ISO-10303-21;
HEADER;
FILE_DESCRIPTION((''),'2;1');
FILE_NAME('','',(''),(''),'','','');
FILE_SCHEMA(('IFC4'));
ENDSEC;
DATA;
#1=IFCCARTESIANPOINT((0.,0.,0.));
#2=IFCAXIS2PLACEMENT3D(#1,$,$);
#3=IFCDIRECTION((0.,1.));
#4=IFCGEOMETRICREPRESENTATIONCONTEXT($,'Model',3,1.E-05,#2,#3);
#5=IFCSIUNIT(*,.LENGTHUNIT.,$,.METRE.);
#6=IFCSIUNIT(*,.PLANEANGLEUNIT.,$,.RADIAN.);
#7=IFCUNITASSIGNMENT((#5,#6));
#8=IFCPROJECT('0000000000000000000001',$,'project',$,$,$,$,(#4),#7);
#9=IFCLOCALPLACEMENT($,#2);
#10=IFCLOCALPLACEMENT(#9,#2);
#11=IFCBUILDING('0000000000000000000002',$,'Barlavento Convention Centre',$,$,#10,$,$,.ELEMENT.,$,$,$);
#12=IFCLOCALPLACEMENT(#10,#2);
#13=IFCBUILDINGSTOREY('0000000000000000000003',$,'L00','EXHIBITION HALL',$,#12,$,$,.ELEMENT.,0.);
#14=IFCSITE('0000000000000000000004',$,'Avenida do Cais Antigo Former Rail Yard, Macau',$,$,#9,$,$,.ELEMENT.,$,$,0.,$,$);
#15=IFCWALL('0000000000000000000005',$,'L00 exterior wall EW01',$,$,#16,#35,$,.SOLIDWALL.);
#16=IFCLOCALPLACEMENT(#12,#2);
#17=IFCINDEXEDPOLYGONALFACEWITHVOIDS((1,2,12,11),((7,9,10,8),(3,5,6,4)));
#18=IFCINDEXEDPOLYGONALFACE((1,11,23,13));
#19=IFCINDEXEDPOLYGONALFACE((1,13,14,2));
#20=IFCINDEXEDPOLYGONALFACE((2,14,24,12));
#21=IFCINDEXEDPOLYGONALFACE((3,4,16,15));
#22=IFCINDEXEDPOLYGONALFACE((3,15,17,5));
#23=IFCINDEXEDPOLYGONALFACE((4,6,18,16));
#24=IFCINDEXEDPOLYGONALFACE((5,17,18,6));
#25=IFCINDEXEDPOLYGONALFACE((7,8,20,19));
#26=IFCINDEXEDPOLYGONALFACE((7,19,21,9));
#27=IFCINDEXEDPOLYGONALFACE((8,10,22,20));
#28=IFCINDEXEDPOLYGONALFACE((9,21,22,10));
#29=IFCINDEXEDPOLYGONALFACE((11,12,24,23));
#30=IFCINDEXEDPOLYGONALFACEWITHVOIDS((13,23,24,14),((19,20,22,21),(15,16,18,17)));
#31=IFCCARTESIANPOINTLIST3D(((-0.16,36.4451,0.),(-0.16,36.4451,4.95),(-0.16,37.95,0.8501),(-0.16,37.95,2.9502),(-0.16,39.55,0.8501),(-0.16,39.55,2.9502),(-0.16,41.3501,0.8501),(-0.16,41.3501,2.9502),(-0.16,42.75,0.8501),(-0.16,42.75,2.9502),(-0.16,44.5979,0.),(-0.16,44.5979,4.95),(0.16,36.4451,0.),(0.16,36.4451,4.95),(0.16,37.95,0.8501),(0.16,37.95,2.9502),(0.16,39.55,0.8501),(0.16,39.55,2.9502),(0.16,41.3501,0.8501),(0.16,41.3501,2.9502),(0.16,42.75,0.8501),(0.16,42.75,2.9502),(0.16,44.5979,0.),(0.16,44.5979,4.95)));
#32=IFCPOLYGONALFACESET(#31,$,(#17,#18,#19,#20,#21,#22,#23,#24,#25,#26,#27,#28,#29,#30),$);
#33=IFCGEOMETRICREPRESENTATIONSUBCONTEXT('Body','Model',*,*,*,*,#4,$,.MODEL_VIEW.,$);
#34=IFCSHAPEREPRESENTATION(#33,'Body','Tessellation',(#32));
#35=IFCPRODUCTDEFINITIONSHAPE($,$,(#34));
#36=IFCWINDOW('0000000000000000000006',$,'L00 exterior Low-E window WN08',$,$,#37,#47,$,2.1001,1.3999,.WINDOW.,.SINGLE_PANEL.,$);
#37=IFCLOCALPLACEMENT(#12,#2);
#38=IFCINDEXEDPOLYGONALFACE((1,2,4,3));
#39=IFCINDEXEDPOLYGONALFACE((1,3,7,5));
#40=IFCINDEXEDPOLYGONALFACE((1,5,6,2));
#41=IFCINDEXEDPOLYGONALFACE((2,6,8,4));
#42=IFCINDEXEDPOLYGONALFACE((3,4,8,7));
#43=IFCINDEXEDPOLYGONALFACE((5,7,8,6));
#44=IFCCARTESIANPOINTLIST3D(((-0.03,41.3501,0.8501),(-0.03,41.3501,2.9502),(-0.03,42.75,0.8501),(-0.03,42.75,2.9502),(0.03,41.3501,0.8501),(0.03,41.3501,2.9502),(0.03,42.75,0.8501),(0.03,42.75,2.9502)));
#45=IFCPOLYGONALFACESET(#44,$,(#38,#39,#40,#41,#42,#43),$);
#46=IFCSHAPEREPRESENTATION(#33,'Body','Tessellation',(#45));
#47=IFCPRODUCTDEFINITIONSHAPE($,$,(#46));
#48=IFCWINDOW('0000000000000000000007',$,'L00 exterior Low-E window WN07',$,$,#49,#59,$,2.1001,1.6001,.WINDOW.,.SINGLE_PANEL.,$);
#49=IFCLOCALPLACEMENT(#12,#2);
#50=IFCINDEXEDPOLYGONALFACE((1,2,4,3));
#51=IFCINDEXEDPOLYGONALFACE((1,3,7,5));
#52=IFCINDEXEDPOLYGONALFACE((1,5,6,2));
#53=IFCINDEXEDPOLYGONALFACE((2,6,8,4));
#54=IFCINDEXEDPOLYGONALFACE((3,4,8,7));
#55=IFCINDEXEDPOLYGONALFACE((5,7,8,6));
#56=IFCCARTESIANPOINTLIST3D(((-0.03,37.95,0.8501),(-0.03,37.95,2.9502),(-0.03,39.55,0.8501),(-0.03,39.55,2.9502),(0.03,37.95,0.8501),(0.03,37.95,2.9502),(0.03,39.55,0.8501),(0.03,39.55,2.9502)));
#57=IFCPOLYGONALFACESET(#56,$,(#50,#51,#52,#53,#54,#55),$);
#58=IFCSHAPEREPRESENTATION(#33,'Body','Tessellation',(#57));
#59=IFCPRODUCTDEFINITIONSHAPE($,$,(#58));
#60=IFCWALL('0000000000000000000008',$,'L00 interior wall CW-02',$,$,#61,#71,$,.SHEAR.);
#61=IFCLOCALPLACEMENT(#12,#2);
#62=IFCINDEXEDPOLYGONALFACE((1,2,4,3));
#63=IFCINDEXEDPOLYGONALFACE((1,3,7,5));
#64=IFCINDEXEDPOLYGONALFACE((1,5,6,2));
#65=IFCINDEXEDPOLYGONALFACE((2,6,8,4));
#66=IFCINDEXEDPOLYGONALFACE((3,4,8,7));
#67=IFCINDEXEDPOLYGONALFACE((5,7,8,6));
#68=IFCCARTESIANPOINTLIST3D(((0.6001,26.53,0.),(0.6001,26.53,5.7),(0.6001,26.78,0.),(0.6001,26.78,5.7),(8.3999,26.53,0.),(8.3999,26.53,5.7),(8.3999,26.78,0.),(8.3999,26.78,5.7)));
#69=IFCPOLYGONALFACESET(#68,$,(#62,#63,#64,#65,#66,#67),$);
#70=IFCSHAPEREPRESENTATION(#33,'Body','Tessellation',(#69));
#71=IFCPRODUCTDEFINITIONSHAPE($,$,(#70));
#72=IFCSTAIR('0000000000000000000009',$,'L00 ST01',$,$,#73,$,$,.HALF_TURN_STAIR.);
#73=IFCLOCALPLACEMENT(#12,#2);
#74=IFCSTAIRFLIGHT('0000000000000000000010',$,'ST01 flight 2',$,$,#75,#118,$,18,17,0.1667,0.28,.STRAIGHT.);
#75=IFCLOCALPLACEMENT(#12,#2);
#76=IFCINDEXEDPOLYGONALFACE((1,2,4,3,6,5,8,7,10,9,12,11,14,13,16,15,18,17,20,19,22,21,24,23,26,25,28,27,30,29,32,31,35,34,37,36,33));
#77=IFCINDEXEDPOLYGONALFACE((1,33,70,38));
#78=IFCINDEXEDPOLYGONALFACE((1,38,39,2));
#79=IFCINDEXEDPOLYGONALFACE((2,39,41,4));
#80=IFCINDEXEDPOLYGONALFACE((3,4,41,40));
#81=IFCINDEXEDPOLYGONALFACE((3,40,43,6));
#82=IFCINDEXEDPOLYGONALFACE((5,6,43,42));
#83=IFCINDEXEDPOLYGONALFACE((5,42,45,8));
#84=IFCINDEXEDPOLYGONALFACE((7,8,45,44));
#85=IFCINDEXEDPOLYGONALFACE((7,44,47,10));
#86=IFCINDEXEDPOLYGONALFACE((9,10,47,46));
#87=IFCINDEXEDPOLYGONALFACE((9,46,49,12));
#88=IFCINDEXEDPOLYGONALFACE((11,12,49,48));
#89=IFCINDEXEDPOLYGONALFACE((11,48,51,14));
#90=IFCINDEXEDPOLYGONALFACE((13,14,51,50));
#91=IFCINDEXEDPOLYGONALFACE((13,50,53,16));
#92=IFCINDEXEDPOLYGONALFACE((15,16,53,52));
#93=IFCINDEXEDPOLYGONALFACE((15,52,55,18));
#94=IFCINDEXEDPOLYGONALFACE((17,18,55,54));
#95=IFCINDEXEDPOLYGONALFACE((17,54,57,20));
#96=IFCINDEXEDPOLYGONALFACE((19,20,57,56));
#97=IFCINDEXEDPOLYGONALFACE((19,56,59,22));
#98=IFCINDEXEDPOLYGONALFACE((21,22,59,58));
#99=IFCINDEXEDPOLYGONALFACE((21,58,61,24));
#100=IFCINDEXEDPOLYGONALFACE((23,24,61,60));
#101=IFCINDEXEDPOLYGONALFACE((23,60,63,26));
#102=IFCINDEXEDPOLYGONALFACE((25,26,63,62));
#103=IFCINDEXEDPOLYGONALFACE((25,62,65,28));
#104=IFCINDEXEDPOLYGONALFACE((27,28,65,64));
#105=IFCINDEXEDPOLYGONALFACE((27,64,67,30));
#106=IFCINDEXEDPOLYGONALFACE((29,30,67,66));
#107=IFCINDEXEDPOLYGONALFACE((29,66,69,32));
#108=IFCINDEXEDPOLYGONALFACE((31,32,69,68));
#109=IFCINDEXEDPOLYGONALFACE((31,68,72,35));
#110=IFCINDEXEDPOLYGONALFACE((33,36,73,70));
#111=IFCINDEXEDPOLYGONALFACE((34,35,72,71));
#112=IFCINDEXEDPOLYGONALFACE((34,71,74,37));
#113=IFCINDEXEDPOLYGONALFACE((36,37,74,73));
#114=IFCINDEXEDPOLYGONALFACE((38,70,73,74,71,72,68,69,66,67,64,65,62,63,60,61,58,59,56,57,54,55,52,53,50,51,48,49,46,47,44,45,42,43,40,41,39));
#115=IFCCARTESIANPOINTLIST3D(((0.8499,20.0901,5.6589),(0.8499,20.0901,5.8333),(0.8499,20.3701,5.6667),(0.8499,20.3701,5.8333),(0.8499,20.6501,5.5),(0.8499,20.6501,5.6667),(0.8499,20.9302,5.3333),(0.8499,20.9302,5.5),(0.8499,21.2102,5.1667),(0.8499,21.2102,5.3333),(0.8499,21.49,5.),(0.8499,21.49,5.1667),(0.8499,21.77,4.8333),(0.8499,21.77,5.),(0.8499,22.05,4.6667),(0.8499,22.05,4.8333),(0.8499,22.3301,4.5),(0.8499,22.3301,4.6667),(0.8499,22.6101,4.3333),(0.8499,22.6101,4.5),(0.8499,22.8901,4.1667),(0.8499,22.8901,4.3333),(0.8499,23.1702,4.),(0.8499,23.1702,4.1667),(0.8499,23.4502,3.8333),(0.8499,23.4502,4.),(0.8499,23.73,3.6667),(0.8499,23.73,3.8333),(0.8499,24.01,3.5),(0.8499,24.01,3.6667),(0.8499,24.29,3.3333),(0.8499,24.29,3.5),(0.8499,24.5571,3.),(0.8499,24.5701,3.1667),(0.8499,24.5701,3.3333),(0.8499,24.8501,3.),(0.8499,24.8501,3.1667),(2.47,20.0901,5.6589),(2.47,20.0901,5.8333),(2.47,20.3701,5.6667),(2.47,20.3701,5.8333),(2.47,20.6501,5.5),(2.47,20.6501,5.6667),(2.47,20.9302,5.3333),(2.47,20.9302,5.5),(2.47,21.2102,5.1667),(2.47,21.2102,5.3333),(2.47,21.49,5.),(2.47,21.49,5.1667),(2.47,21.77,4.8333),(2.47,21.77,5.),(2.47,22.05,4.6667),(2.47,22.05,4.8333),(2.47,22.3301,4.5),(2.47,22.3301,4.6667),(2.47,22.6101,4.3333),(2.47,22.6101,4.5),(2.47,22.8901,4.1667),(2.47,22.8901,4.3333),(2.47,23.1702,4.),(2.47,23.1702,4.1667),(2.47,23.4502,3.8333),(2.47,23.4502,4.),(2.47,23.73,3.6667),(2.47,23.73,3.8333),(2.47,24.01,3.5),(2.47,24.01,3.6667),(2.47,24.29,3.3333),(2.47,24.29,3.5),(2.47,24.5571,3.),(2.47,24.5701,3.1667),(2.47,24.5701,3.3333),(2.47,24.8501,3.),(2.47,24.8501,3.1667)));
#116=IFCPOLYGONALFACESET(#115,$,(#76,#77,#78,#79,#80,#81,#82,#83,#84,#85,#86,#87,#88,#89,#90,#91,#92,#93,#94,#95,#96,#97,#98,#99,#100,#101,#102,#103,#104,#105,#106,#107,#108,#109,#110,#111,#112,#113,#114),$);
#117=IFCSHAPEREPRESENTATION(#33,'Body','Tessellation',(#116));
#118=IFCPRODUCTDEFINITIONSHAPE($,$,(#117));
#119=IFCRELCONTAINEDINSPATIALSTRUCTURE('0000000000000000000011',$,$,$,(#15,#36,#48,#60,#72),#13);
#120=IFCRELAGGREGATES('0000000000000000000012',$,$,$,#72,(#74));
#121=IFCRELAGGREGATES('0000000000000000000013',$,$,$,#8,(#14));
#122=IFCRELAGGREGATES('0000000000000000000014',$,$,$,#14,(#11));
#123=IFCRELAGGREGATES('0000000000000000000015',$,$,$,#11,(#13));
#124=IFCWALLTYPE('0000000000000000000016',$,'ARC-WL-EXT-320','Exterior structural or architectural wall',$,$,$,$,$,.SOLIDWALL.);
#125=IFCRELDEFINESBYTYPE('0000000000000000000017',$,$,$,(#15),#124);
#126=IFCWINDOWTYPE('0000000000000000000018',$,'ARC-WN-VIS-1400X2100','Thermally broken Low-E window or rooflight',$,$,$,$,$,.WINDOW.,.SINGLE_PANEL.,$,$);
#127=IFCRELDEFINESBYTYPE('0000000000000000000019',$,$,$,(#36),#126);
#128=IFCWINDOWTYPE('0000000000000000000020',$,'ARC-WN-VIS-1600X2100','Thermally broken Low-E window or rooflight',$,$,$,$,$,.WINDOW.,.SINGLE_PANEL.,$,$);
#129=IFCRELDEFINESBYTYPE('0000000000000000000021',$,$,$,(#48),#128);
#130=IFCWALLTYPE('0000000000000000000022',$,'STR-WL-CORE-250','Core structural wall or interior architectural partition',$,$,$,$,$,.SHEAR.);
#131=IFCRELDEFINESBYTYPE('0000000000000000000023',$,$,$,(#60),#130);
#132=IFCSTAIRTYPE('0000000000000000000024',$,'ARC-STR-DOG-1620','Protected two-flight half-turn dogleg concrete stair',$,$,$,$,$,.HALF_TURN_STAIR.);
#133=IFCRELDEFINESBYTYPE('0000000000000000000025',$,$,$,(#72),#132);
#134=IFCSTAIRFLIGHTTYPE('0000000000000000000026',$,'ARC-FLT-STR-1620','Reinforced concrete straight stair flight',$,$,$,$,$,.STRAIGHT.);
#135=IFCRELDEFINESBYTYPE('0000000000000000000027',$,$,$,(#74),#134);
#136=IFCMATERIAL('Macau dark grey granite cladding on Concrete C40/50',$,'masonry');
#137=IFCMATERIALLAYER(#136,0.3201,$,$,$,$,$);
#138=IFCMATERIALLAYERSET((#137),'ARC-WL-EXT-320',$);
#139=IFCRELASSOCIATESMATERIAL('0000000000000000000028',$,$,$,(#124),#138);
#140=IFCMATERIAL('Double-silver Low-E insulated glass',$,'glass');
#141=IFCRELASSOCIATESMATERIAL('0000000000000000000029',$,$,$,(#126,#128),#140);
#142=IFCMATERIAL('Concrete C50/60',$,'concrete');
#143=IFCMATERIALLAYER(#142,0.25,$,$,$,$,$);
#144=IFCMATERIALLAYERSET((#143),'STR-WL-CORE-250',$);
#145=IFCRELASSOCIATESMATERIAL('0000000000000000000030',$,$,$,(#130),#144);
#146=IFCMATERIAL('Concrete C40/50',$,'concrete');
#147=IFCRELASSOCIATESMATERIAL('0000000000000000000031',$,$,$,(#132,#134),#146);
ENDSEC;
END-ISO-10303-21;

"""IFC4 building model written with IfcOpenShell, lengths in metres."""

from ifc_helpers import new_model, si_unit, direction, frame, frame_2d, origin, place, context, subcontext, project, spatial, polyline, rectangle, outline, extrude, material, layer, layer_set, type_object, element, fill, aggregate, save


model = new_model("IFC4")

# Units and contexts
model_context = context("Model", 3, precision=1e-05, world=origin(), true_north=direction((0.0, 1.0)))
body_context = subcontext(model_context, "Body", "Model", "MODEL_VIEW")
ifc_project = project(units=[si_unit("LENGTHUNIT", "METRE"), si_unit("PLANEANGLEUNIT", "RADIAN")], contexts=[model_context])

# Site, building, storey
site_placement = place(None, origin())
site = spatial("IfcSite", under=ifc_project, at=site_placement, Name="Avenida do Cais Antigo Former Rail Yard, Macau", CompositionType="ELEMENT", RefElevation=0.0)
building_placement = place(site_placement, origin())
building = spatial("IfcBuilding", under=site, at=building_placement, Name="Barlavento Convention Centre", CompositionType="ELEMENT")
storey_placement = place(building_placement, origin())
storey = spatial("IfcBuildingStorey", under=building, at=storey_placement, Name="L00", Description="EXHIBITION HALL", CompositionType="ELEMENT", Elevation=0.0)

# Shared definitions
ifc_material_1 = material(Name="Concrete C50/60", Category="concrete")

# Wall, openings, windows
ifc_material_2 = material(Name="Macau dark grey granite cladding on Concrete C40/50", Category="masonry")
ifc_layer_1 = layer(ifc_material_2, 0.3201)
ifc_layer_set_1 = layer_set([ifc_layer_1], Name="ARC-WL-EXT-320")
wall_type_1 = type_object("IfcWallType", Name="ARC-WL-EXT-320", Description="Exterior structural or architectural wall", PredefinedType="SOLIDWALL", material=ifc_layer_set_1)
ifc_material_3 = material(Name="Double-silver Low-E insulated glass", Category="glass")
wall_1_placement = place(storey_placement, frame((0.0, 36.4451, 0.0), z_axis=(0.0, 0.0, 1.0), x_axis=(0.0, 1.0, 0.0)))
wall_1 = element("IfcWall", 1, at=wall_1_placement, inside=storey, type_object=wall_type_1, Name="L00 exterior wall EW01", PredefinedType="SOLIDWALL", context=body_context, shape_type="SweptSolid", body=[
    extrude(rectangle(XDim=8.1528, YDim=0.3201, at=frame_2d((4.0764, 0.0))), origin(), (0.0, 0.0, 1.0), 4.95),
])
opening_1_placement = place(wall_1_placement, frame((1.5049, 0.0, 0.8501)))
opening_1 = element("IfcOpeningElement", 2, at=opening_1_placement, cuts=wall_1, PredefinedType="OPENING", context=body_context, shape_type="SweptSolid", body=[
    extrude(rectangle(XDim=1.6001, YDim=2.1001, at=frame_2d((0.8, 1.05))), frame((0.0, 0.1699, 0.0), z_axis=(0.0, -1.0, 0.0), x_axis=(1.0, 0.0, 0.0)), (0.0, 0.0, 1.0), 0.3401),
])
opening_2_placement = place(wall_1_placement, frame((4.905, 0.0, 0.8501)))
opening_2 = element("IfcOpeningElement", 3, at=opening_2_placement, cuts=wall_1, PredefinedType="OPENING", context=body_context, shape_type="SweptSolid", body=[
    extrude(rectangle(XDim=1.3999, YDim=2.1001, at=frame_2d((0.7, 1.05))), frame((0.0, 0.1699, 0.0), z_axis=(0.0, -1.0, 0.0), x_axis=(1.0, 0.0, 0.0)), (0.0, 0.0, 1.0), 0.3401),
])
window_type_1 = type_object("IfcWindowType", Name="ARC-WN-VIS-1400X2100", Description="Thermally broken Low-E window or rooflight", PartitioningType="SINGLE_PANEL", PredefinedType="WINDOW", material=ifc_material_3)
window_1_placement = place(opening_2_placement, origin())
window_1 = element("IfcWindow", 4, at=window_1_placement, inside=storey, type_object=window_type_1, Name="L00 exterior Low-E window WN08", OverallHeight=2.1001, OverallWidth=1.3999, PartitioningType="SINGLE_PANEL", PredefinedType="WINDOW", context=body_context, shape_type="SweptSolid", body=[
    extrude(rectangle(XDim=1.3999, YDim=2.1001, at=frame_2d((0.7, 1.05))), frame((0.0, 0.03, 0.0), z_axis=(0.0, -1.0, 0.0), x_axis=(1.0, 0.0, 0.0)), (0.0, 0.0, 1.0), 0.0601),
])
fill(opening_2, window_1)
window_type_2 = type_object("IfcWindowType", Name="ARC-WN-VIS-1600X2100", Description="Thermally broken Low-E window or rooflight", PartitioningType="SINGLE_PANEL", PredefinedType="WINDOW", material=ifc_material_3)
window_2_placement = place(opening_1_placement, origin())
window_2 = element("IfcWindow", 5, at=window_2_placement, inside=storey, type_object=window_type_2, Name="L00 exterior Low-E window WN07", OverallHeight=2.1001, OverallWidth=1.6001, PartitioningType="SINGLE_PANEL", PredefinedType="WINDOW", context=body_context, shape_type="SweptSolid", body=[
    extrude(rectangle(XDim=1.6001, YDim=2.1001, at=frame_2d((0.8, 1.05))), frame((0.0, 0.03, 0.0), z_axis=(0.0, -1.0, 0.0), x_axis=(1.0, 0.0, 0.0)), (0.0, 0.0, 1.0), 0.0601),
])
fill(opening_1, window_2)

# Wall
ifc_layer_2 = layer(ifc_material_1, 0.25)
ifc_layer_set_2 = layer_set([ifc_layer_2], Name="STR-WL-CORE-250")
wall_type_2 = type_object("IfcWallType", Name="STR-WL-CORE-250", Description="Core structural wall or interior architectural partition", PredefinedType="SHEAR", material=ifc_layer_set_2)
wall_2_placement = place(storey_placement, frame((0.6001, 26.655, 0.0), z_axis=(0.0, 0.0, 1.0), x_axis=(1.0, 0.0, 0.0)))
element("IfcWall", 6, at=wall_2_placement, inside=storey, type_object=wall_type_2, Name="L00 interior wall CW-02", PredefinedType="SHEAR", context=body_context, shape_type="SweptSolid", body=[
    extrude(rectangle(XDim=7.7998, YDim=0.25, at=frame_2d((3.8999, 0.0))), origin(), (0.0, 0.0, 1.0), 5.7),
])

# Stair, stair flight
ifc_material_4 = material(Name="Concrete C40/50", Category="concrete")
stair_type = type_object("IfcStairType", Name="ARC-STR-DOG-1620", Description="Protected two-flight half-turn dogleg concrete stair", PredefinedType="HALF_TURN_STAIR", material=ifc_material_4)
stair_placement = place(storey_placement, origin())
stair = element("IfcStair", 7, at=stair_placement, inside=storey, type_object=stair_type, Name="L00 ST01", PredefinedType="HALF_TURN_STAIR")
stair_flight_type = type_object("IfcStairFlightType", Name="ARC-FLT-STR-1620", Description="Reinforced concrete straight stair flight", PredefinedType="STRAIGHT", material=ifc_material_4)
stair_flight_placement = place(storey_placement, frame((1.6599, 24.8501, 3.0), z_axis=(0.0, 0.0, 1.0), x_axis=(0.0, -1.0, 0.0)))
stair_flight = element("IfcStairFlight", 8, at=stair_flight_placement, type_object=stair_flight_type, Name="ST01 flight 2", NumberOfRisers=18, NumberOfTreads=17, PredefinedType="STRAIGHT", RiserHeight=0.1667, TreadLength=0.28, context=body_context, shape_type="SweptSolid", body=[
    extrude(outline(polyline([(0.0, 0.0), (0.0, 0.1667), (0.28, 0.1667), (0.28, 0.3333), (0.5601, 0.3333), (0.5601, 0.5), (0.8401, 0.5), (0.8401, 0.6667), (1.1201, 0.6667), (1.1201, 0.8333), (1.3999, 0.8333), (1.3999, 1.0), (1.6799, 1.0), (1.6799, 1.1667), (1.96, 1.1667), (1.96, 1.3333), (2.24, 1.3333), (2.24, 1.5), (2.52, 1.5), (2.52, 1.6667), (2.8, 1.6667), (2.8, 1.8333), (3.0801, 1.8333), (3.0801, 2.0), (3.3601, 2.0), (3.3601, 2.1667), (3.6399, 2.1667), (3.6399, 2.3333), (3.9199, 2.3333), (3.9199, 2.5), (4.2, 2.5), (4.2, 2.6667), (4.48, 2.6667), (4.48, 2.8333), (4.76, 2.8333), (4.76, 3.0), (4.76, 2.6589), (0.293, 0.0), (0.0, 0.0)])), frame((0.0, 0.8101, 0.0), z_axis=(0.0, -1.0, 0.0), x_axis=(1.0, 0.0, 0.0)), (0.0, 0.0, 1.0), 1.6201),
])
aggregate(stair, [stair_flight])

save(model, "model.ifc")
